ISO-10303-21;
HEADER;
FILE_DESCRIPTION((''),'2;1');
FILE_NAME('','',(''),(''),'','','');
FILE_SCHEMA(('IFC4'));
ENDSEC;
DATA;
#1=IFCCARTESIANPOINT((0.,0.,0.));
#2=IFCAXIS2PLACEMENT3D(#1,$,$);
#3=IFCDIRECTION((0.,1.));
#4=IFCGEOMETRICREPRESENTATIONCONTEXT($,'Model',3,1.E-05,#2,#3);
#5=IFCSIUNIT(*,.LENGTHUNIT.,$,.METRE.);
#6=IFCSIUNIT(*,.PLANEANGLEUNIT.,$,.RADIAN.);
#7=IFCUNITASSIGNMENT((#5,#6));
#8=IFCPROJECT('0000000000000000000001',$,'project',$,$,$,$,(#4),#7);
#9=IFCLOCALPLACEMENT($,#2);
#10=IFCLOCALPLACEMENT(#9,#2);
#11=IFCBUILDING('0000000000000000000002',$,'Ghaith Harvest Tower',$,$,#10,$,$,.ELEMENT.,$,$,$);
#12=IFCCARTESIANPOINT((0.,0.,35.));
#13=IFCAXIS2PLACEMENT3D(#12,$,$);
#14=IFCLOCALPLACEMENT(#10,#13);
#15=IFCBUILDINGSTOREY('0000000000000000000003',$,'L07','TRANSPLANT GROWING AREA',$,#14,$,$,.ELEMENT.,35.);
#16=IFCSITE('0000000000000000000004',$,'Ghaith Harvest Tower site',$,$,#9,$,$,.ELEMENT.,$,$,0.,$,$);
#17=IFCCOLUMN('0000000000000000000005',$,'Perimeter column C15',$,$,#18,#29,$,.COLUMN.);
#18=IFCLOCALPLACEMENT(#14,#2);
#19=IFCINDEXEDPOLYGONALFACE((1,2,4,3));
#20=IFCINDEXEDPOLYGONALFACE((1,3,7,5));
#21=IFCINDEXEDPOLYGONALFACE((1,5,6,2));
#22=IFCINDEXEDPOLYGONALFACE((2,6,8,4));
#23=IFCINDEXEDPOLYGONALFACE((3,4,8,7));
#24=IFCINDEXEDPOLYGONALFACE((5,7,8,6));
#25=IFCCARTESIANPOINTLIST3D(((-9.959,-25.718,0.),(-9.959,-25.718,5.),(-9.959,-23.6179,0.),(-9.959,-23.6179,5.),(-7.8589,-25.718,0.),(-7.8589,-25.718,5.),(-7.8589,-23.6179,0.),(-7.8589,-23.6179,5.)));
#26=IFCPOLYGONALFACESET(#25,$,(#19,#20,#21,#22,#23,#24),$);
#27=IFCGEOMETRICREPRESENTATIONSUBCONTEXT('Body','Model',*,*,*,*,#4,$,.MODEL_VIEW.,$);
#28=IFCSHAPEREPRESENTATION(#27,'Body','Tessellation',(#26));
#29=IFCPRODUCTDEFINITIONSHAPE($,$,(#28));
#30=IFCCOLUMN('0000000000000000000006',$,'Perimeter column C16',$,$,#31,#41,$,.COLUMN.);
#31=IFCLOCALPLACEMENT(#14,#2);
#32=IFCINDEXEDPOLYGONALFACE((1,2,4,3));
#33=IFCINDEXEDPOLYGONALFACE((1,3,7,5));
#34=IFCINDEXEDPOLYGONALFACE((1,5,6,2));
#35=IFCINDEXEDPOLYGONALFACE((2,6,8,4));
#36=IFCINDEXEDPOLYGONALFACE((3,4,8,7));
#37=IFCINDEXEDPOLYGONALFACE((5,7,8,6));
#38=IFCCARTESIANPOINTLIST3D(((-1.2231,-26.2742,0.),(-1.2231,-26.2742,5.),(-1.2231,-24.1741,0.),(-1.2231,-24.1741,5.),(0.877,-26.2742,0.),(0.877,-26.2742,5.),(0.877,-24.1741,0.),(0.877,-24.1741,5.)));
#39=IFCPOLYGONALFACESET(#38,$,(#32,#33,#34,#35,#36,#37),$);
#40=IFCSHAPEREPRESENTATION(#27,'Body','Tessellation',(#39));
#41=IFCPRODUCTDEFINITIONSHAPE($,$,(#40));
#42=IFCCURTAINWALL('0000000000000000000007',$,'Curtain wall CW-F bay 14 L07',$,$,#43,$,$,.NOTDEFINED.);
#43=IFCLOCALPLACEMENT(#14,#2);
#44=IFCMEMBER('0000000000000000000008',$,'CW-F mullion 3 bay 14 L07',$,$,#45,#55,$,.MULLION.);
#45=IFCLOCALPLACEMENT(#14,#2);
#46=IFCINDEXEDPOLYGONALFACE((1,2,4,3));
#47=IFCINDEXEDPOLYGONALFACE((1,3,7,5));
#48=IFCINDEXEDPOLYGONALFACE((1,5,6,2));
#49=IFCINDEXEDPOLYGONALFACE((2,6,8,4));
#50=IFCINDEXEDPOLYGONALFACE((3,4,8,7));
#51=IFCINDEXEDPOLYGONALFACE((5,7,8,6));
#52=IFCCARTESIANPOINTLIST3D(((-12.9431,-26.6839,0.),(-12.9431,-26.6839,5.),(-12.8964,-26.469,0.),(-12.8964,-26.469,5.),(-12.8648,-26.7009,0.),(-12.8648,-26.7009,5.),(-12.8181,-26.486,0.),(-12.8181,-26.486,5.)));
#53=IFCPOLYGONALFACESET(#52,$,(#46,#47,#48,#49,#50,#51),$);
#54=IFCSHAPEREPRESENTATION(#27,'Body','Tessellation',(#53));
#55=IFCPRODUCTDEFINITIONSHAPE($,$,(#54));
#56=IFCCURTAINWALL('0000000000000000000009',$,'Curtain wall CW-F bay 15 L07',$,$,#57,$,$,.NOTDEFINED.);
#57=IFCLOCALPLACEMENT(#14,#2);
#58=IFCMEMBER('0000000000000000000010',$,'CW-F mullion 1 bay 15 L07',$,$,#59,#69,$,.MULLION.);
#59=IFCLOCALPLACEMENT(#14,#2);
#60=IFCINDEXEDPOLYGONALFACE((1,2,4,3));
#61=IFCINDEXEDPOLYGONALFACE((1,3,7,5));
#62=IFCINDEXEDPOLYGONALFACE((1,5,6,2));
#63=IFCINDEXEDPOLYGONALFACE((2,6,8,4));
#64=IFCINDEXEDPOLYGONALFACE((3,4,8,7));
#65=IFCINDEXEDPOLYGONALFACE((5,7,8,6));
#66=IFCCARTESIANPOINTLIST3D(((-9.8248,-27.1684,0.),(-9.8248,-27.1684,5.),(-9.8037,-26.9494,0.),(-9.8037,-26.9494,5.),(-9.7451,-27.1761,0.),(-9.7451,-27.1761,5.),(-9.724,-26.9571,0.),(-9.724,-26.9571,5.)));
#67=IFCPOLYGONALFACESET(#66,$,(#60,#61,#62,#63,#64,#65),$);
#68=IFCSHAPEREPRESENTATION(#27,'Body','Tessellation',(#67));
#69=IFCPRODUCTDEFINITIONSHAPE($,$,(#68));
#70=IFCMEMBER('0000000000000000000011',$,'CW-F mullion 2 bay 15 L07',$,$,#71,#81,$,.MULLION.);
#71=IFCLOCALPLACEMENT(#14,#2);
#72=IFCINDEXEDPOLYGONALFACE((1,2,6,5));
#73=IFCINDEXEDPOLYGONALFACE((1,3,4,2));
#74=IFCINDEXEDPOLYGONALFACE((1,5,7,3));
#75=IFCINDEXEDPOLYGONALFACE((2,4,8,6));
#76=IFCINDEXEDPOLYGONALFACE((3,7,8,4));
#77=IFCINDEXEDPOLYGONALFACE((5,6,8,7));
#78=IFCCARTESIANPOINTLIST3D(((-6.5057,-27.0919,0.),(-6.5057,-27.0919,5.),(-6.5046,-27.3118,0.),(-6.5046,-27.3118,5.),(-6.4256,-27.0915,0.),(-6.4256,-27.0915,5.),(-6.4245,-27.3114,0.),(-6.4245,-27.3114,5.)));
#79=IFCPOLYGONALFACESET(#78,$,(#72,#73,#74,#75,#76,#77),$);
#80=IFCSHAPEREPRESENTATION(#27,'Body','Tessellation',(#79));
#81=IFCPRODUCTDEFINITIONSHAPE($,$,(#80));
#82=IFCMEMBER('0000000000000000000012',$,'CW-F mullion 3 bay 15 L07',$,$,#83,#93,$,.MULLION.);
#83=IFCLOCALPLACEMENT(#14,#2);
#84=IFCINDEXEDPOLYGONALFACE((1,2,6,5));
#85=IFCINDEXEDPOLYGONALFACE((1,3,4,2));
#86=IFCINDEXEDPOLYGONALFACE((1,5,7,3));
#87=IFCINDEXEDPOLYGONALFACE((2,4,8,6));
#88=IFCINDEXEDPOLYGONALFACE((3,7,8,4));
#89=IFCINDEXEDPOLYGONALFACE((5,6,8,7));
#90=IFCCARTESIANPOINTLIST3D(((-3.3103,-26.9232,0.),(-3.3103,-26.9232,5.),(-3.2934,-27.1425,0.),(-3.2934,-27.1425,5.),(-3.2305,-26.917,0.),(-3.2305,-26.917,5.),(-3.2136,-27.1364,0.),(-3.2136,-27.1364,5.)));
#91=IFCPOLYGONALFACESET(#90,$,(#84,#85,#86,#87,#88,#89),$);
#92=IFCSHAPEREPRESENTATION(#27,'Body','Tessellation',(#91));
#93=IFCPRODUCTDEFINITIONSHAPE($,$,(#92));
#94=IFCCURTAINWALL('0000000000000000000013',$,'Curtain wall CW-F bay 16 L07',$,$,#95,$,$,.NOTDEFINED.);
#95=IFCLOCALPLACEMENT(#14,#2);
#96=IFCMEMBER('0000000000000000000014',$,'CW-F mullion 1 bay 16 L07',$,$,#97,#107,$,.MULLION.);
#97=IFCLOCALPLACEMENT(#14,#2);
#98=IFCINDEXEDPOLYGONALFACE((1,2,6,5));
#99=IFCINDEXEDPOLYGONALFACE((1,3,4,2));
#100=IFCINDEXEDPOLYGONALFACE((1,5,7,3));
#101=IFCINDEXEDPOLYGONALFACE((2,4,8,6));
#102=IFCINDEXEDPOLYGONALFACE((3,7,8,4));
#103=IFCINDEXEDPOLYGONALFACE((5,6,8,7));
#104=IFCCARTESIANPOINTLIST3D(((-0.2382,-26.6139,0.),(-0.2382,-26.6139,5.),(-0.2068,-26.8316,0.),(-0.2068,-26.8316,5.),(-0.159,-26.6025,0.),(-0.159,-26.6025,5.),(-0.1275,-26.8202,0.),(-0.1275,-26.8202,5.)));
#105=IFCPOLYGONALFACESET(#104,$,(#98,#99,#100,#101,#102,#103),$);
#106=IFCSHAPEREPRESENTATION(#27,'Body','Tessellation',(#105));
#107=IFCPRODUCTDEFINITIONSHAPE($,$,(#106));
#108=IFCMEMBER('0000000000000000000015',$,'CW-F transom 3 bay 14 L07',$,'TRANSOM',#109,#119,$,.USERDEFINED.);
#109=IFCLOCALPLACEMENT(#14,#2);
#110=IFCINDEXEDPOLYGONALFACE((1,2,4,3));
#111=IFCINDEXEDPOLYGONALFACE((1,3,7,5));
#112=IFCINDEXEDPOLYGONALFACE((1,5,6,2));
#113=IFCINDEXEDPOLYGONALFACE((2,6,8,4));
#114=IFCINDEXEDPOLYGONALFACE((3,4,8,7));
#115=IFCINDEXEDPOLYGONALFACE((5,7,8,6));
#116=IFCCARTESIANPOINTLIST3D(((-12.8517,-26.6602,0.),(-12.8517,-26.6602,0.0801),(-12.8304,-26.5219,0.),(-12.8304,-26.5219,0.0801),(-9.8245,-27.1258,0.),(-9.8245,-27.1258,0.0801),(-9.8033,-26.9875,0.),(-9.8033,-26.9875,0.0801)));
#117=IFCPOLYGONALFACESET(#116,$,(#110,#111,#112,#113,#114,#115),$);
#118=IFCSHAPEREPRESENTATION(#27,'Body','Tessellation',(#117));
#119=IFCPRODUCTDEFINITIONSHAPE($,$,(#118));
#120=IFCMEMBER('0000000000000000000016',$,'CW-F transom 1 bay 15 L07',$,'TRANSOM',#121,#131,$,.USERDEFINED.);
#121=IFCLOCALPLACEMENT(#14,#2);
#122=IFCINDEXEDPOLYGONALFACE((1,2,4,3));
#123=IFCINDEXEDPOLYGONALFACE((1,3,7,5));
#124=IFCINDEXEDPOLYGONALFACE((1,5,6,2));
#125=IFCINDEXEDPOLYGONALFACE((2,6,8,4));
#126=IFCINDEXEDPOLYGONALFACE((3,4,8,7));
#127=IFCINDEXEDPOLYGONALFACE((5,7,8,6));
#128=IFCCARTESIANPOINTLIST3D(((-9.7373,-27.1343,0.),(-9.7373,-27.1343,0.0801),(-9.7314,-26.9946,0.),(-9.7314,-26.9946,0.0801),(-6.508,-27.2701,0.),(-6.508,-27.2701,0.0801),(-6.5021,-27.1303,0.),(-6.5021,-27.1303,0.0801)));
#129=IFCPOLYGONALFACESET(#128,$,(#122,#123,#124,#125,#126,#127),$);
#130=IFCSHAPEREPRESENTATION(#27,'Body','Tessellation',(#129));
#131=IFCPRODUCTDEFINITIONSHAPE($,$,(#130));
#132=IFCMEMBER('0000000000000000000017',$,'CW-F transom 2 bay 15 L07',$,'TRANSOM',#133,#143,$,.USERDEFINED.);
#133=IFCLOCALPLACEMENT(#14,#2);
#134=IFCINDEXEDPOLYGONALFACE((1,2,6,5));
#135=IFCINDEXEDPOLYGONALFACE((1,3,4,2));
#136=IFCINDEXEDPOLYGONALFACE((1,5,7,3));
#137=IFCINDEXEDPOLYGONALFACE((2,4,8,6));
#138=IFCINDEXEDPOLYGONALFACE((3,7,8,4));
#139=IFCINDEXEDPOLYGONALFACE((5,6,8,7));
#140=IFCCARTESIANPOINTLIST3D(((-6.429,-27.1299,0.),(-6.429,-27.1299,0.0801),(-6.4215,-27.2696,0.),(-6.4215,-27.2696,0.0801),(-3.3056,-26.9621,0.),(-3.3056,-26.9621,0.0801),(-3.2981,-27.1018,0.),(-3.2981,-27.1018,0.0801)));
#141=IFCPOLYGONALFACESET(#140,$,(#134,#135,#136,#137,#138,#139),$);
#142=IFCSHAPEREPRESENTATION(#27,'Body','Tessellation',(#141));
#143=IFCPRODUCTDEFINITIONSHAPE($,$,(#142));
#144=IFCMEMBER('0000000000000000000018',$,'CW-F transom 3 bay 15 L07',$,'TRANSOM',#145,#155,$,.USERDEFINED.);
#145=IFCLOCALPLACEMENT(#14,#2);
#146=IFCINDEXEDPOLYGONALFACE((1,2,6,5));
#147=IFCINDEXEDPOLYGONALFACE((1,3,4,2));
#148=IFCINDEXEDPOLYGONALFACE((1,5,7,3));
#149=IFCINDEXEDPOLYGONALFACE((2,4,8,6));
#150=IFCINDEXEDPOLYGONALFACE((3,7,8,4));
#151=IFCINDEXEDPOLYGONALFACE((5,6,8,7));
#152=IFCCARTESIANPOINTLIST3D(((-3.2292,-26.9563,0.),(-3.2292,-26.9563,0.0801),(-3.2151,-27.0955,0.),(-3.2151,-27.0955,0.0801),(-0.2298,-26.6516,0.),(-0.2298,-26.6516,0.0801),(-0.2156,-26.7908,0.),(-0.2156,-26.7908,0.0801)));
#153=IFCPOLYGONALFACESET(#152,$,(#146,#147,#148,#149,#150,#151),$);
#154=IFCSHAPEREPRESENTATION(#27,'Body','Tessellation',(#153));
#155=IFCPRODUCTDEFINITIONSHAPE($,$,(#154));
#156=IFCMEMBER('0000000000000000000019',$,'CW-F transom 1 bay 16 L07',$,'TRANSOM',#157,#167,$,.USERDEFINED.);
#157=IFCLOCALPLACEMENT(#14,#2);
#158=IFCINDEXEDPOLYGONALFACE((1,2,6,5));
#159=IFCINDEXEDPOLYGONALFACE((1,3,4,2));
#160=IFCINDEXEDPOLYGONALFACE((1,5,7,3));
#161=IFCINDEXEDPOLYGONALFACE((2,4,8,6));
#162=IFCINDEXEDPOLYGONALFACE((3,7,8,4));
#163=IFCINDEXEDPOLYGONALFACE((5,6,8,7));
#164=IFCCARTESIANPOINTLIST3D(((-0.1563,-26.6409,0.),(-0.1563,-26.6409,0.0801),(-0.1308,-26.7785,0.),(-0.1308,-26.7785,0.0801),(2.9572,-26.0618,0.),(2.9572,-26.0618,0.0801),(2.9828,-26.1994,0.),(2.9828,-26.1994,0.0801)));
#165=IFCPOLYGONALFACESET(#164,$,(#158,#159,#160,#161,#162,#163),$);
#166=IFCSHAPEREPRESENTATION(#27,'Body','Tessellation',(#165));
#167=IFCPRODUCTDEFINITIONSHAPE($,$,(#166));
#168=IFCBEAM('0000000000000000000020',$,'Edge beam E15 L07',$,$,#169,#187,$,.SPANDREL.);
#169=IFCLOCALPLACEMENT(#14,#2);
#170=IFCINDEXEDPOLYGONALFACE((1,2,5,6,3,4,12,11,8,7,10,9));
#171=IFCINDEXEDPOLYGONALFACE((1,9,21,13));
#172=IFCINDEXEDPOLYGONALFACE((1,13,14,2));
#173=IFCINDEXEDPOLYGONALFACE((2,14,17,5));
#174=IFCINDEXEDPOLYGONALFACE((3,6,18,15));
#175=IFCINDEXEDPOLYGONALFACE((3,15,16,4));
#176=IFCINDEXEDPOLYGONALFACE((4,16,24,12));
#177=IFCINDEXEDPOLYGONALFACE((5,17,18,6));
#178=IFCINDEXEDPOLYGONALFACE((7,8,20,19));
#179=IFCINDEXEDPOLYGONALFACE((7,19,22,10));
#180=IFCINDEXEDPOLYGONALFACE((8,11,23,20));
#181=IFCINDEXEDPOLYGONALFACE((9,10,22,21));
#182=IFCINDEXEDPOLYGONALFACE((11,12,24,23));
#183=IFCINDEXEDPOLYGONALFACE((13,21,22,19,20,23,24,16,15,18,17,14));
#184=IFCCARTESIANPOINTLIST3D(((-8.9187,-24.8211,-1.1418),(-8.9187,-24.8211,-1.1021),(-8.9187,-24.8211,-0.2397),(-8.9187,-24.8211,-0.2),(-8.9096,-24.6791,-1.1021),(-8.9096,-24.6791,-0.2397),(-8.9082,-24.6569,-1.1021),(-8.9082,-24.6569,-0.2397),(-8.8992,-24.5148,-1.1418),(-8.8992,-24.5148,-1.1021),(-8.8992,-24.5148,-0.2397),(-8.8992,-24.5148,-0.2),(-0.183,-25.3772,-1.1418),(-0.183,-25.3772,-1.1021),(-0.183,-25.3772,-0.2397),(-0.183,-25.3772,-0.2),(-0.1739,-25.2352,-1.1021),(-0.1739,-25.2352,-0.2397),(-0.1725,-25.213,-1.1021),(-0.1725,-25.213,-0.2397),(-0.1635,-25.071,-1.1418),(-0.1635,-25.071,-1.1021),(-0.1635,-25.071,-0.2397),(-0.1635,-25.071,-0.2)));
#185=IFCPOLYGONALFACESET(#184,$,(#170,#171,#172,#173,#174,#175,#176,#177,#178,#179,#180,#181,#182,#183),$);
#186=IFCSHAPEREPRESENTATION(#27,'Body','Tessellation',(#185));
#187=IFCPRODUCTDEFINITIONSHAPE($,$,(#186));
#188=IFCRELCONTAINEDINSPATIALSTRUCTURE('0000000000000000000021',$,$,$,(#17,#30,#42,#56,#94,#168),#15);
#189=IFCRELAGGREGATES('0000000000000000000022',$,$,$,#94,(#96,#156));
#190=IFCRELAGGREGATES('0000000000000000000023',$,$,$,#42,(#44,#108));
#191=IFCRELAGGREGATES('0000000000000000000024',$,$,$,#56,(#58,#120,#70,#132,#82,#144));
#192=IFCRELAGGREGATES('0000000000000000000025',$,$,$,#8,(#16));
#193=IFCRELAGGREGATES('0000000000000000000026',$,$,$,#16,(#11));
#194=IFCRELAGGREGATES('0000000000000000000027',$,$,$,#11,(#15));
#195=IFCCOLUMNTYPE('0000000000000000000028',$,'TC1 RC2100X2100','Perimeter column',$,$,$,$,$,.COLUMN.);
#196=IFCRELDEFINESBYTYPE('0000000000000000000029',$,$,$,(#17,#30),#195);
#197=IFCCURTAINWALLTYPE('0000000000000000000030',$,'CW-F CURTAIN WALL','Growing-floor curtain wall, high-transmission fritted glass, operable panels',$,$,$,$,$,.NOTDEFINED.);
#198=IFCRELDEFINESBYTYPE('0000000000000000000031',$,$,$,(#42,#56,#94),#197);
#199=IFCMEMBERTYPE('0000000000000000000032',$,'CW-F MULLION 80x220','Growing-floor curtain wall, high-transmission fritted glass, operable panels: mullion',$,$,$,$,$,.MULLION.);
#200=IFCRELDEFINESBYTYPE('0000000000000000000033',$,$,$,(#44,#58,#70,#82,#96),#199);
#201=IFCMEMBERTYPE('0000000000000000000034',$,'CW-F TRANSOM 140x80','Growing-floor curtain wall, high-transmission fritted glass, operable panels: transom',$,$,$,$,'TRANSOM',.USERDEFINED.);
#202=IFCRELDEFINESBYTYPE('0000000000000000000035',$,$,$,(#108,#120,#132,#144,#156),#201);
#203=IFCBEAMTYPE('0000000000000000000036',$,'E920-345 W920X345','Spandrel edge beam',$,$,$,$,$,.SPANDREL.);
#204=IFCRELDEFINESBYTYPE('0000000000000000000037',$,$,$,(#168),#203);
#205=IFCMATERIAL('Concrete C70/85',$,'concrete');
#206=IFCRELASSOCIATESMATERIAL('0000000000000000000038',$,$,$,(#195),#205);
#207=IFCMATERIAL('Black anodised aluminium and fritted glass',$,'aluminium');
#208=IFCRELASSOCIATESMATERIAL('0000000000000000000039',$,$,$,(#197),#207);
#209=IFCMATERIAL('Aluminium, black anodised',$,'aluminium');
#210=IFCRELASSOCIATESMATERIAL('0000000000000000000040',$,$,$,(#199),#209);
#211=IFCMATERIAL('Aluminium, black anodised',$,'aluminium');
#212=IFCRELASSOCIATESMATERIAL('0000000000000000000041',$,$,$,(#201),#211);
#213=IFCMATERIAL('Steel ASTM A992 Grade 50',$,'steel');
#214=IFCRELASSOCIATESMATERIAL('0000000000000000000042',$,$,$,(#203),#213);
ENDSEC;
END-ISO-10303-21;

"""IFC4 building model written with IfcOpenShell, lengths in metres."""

from ifc_helpers import new_model, si_unit, direction, frame, origin, origin_2d, place, context, subcontext, project, spatial, rectangle, i_section, extrude, material, material_profile, profile_set, type_object, element, aggregate, save


model = new_model("IFC4")

# Units and contexts
model_context = context("Model", 3, precision=1e-05, world=origin(), true_north=direction((0.0, 1.0)))
body_context = subcontext(model_context, "Body", "Model", "MODEL_VIEW")
ifc_project = project(units=[si_unit("LENGTHUNIT", "METRE"), si_unit("PLANEANGLEUNIT", "RADIAN")], contexts=[model_context])

# Site, building, storey
site_placement = place(None, origin())
site = spatial("IfcSite", under=ifc_project, at=site_placement, Name="Ghaith Harvest Tower site", CompositionType="ELEMENT", RefElevation=0.0)
building_placement = place(site_placement, origin())
building = spatial("IfcBuilding", under=site, at=building_placement, Name="Ghaith Harvest Tower", CompositionType="ELEMENT")
storey_placement = place(building_placement, frame((0.0, 0.0, 35.0)))
storey = spatial("IfcBuildingStorey", under=building, at=storey_placement, Name="L07", Description="TRANSPLANT GROWING AREA", CompositionType="ELEMENT", Elevation=35.0)

# Columns
ifc_material_1 = material(Name="Concrete C70/85", Category="concrete")
ifc_material_profile_1 = material_profile(ifc_material_1, rectangle(XDim=2.1001, YDim=2.1001, at=origin_2d()), Name="RC2100X2100")
ifc_profile_set_1 = profile_set([ifc_material_profile_1], Name="Concrete C70/85")
column_type = type_object("IfcColumnType", Name="TC1 RC2100X2100", Description="Perimeter column", PredefinedType="COLUMN", material=ifc_profile_set_1)
for number, where, z_axis, x_axis, name in (
    (1, (-8.9089, -24.668, 0.0), (0.0, 0.0, 1.0), (1.0, 0.0, 0.0), "Perimeter column C15"),
    (2, (-0.1731, -25.2241, 0.0), (0.0, 0.0, 1.0), (1.0, 0.0, 0.0), "Perimeter column C16"),
):
    element("IfcColumn", number, at=place(storey_placement, frame(where, z_axis=z_axis, x_axis=x_axis)), inside=storey, type_object=column_type, Name=name, PredefinedType="COLUMN", context=body_context, shape_type="SweptSolid", body=[
        extrude(rectangle(XDim=2.1001, YDim=2.1001, at=origin_2d()), origin(), (0.0, 0.0, 1.0), 5.0),
    ])

# Curtain wall, member
ifc_material_2 = material(Name="Black anodised aluminium and fritted glass", Category="aluminium")
curtain_wall_type = type_object("IfcCurtainWallType", Name="CW-F CURTAIN WALL", Description="Growing-floor curtain wall, high-transmission fritted glass, operable panels", PredefinedType="NOTDEFINED", material=ifc_material_2)
curtain_wall_1_placement = place(storey_placement, origin())
curtain_wall_1 = element("IfcCurtainWall", 3, at=curtain_wall_1_placement, inside=storey, type_object=curtain_wall_type, Name="Curtain wall CW-F bay 14 L07", PredefinedType="NOTDEFINED")
ifc_material_3 = material(Name="Aluminium, black anodised", Category="aluminium")
ifc_material_profile_2 = material_profile(ifc_material_3, rectangle(XDim=0.0801, YDim=0.22, at=origin_2d()), Name="CW-F MULLION 80x220")
ifc_profile_set_2 = profile_set([ifc_material_profile_2], Name="Aluminium, black anodised")
member_type_1 = type_object("IfcMemberType", Name="CW-F MULLION 80x220", Description="Growing-floor curtain wall, high-transmission fritted glass, operable panels: mullion", PredefinedType="MULLION", material=ifc_profile_set_2)
member_1_placement = place(storey_placement, frame((-12.8806, -26.585, 0.0), z_axis=(0.0, 0.0, 1.0), x_axis=(0.977207, -0.212289, 0.0)))
member_1 = element("IfcMember", 4, at=member_1_placement, type_object=member_type_1, Name="CW-F mullion 3 bay 14 L07", PredefinedType="MULLION", context=body_context, shape_type="SweptSolid", body=[
    extrude(rectangle(XDim=0.0801, YDim=0.22, at=origin_2d()), origin(), (0.0, 0.0, 1.0), 5.0),
])

# Curtain wall, members
curtain_wall_2_placement = place(storey_placement, origin())
curtain_wall_2 = element("IfcCurtainWall", 5, at=curtain_wall_2_placement, inside=storey, type_object=curtain_wall_type, Name="Curtain wall CW-F bay 15 L07", PredefinedType="NOTDEFINED")
member_2_placement = place(storey_placement, frame((-9.7744, -27.0627, 0.0), z_axis=(0.0, 0.0, 1.0), x_axis=(0.995408, -0.095718, 0.0)))
member_2 = element("IfcMember", 6, at=member_2_placement, type_object=member_type_1, Name="CW-F mullion 1 bay 15 L07", PredefinedType="MULLION", context=body_context, shape_type="SweptSolid", body=[
    extrude(rectangle(XDim=0.0801, YDim=0.22, at=origin_2d()), origin(), (0.0, 0.0, 1.0), 5.0),
])
member_3_placement = place(storey_placement, frame((-6.4651, -27.2017, 0.0), z_axis=(0.0, 0.0, 1.0), x_axis=(0.999987, 0.005058, 0.0)))
member_3 = element("IfcMember", 7, at=member_3_placement, type_object=member_type_1, Name="CW-F mullion 2 bay 15 L07", PredefinedType="MULLION", context=body_context, shape_type="SweptSolid", body=[
    extrude(rectangle(XDim=0.0801, YDim=0.22, at=origin_2d()), origin(), (0.0, 0.0, 1.0), 5.0),
])
member_4_placement = place(storey_placement, frame((-3.262, -27.0298, 0.0), z_axis=(0.0, 0.0, 1.0), x_axis=(0.997038, 0.076917, 0.0)))
member_4 = element("IfcMember", 8, at=member_4_placement, type_object=member_type_1, Name="CW-F mullion 3 bay 15 L07", PredefinedType="MULLION", context=body_context, shape_type="SweptSolid", body=[
    extrude(rectangle(XDim=0.0801, YDim=0.22, at=origin_2d()), origin(), (0.0, 0.0, 1.0), 5.0),
])

# Curtain wall, member
curtain_wall_3_placement = place(storey_placement, origin())
curtain_wall_3 = element("IfcCurtainWall", 9, at=curtain_wall_3_placement, inside=storey, type_object=curtain_wall_type, Name="Curtain wall CW-F bay 16 L07", PredefinedType="NOTDEFINED")
member_5_placement = place(storey_placement, frame((-0.1829, -26.717, 0.0), z_axis=(0.0, 0.0, 1.0), x_axis=(0.989712, 0.143075, 0.0)))
member_5 = element("IfcMember", 10, at=member_5_placement, type_object=member_type_1, Name="CW-F mullion 1 bay 16 L07", PredefinedType="MULLION", context=body_context, shape_type="SweptSolid", body=[
    extrude(rectangle(XDim=0.0801, YDim=0.22, at=origin_2d()), origin(), (0.0, 0.0, 1.0), 5.0),
])

# Members
ifc_material_4 = material(Name="Aluminium, black anodised", Category="aluminium")
ifc_material_profile_3 = material_profile(ifc_material_4, rectangle(XDim=0.1399, YDim=0.0801, at=origin_2d()), Name="CW-F TRANSOM 140x80")
ifc_profile_set_3 = profile_set([ifc_material_profile_3], Name="Aluminium, black anodised")
member_type_2 = type_object("IfcMemberType", Name="CW-F TRANSOM 140x80", Description="Growing-floor curtain wall, high-transmission fritted glass, operable panels: transom", ElementType="TRANSOM", PredefinedType="USERDEFINED", material=ifc_profile_set_3)
member_6_placement = place(storey_placement, frame((-12.8411, -26.5911, 0.04), z_axis=(0.988378, -0.152015, 0.0), x_axis=(0.152015, 0.988378, 0.0)))
member_6 = element("IfcMember", 11, at=member_6_placement, type_object=member_type_2, Name="CW-F transom 3 bay 14 L07", ObjectType="TRANSOM", PredefinedType="USERDEFINED", context=body_context, shape_type="SweptSolid", body=[
    extrude(rectangle(XDim=0.1399, YDim=0.0801, at=origin_2d()), origin(), (0.0, 0.0, 1.0), 3.0627),
])
member_7_placement = place(storey_placement, frame((-9.7344, -27.0645, 0.04), z_axis=(0.999118, -0.041998, 0.0), x_axis=(0.041998, 0.999118, 0.0)))
member_7 = element("IfcMember", 12, at=member_7_placement, type_object=member_type_2, Name="CW-F transom 1 bay 15 L07", ObjectType="TRANSOM", PredefinedType="USERDEFINED", context=body_context, shape_type="SweptSolid", body=[
    extrude(rectangle(XDim=0.1399, YDim=0.0801, at=origin_2d()), origin(), (0.0, 0.0, 1.0), 3.2322),
])
member_8_placement = place(storey_placement, frame((-6.4253, -27.1997, 0.04), z_axis=(0.998561, 0.05362, 0.0), x_axis=(-0.05362, 0.998561, 0.0)))
member_8 = element("IfcMember", 13, at=member_8_placement, type_object=member_type_2, Name="CW-F transom 2 bay 15 L07", ObjectType="TRANSOM", PredefinedType="USERDEFINED", context=body_context, shape_type="SweptSolid", body=[
    extrude(rectangle(XDim=0.1399, YDim=0.0801, at=origin_2d()), origin(), (0.0, 0.0, 1.0), 3.1279),
])
member_9_placement = place(storey_placement, frame((-3.2222, -27.0259, 0.04), z_axis=(0.99488, 0.101059, 0.0), x_axis=(-0.101059, 0.99488, 0.0)))
member_9 = element("IfcMember", 14, at=member_9_placement, type_object=member_type_2, Name="CW-F transom 3 bay 15 L07", ObjectType="TRANSOM", PredefinedType="USERDEFINED", context=body_context, shape_type="SweptSolid", body=[
    extrude(rectangle(XDim=0.1399, YDim=0.0801, at=origin_2d()), origin(), (0.0, 0.0, 1.0), 3.0149),
])
member_10_placement = place(storey_placement, frame((-0.1436, -26.7097, 0.04), z_axis=(0.983139, 0.182859, 0.0), x_axis=(-0.182859, 0.983139, 0.0)))
member_10 = element("IfcMember", 15, at=member_10_placement, type_object=member_type_2, Name="CW-F transom 1 bay 16 L07", ObjectType="TRANSOM", PredefinedType="USERDEFINED", context=body_context, shape_type="SweptSolid", body=[
    extrude(rectangle(XDim=0.1399, YDim=0.0801, at=origin_2d()), origin(), (0.0, 0.0, 1.0), 3.167),
])
aggregate(curtain_wall_3, [member_5, member_10])

# Beam
ifc_material_5 = material(Name="Steel ASTM A992 Grade 50", Category="steel")
ifc_material_profile_4 = material_profile(ifc_material_5, i_section(OverallWidth=0.3069, OverallDepth=0.9419, WebThickness=0.0222, FlangeThickness=0.0398, at=origin_2d()), Name="W920X345")
ifc_profile_set_4 = profile_set([ifc_material_profile_4], Name="Steel ASTM A992 Grade 50")
beam_type_1 = type_object("IfcBeamType", Name="E920-345 W920X345", Description="Spandrel edge beam", PredefinedType="SPANDREL", material=ifc_profile_set_4)
beam_1_placement = place(storey_placement, frame((-8.9089, -24.668, -0.6709), z_axis=(0.99798, -0.063535, 0.0), x_axis=(0.063535, 0.99798, 0.0)))
element("IfcBeam", 16, at=beam_1_placement, inside=storey, type_object=beam_type_1, Name="Edge beam E15 L07", PredefinedType="SPANDREL", context=body_context, shape_type="SweptSolid", body=[
    extrude(i_section(OverallWidth=0.3069, OverallDepth=0.9419, WebThickness=0.0222, FlangeThickness=0.0398, at=origin_2d()), origin(), (0.0, 0.0, 1.0), 8.7534),
])

aggregate(curtain_wall_1, [member_1, member_6])
aggregate(curtain_wall_2, [member_2, member_7, member_3, member_8, member_4, member_9])

save(model, "model.ifc")
